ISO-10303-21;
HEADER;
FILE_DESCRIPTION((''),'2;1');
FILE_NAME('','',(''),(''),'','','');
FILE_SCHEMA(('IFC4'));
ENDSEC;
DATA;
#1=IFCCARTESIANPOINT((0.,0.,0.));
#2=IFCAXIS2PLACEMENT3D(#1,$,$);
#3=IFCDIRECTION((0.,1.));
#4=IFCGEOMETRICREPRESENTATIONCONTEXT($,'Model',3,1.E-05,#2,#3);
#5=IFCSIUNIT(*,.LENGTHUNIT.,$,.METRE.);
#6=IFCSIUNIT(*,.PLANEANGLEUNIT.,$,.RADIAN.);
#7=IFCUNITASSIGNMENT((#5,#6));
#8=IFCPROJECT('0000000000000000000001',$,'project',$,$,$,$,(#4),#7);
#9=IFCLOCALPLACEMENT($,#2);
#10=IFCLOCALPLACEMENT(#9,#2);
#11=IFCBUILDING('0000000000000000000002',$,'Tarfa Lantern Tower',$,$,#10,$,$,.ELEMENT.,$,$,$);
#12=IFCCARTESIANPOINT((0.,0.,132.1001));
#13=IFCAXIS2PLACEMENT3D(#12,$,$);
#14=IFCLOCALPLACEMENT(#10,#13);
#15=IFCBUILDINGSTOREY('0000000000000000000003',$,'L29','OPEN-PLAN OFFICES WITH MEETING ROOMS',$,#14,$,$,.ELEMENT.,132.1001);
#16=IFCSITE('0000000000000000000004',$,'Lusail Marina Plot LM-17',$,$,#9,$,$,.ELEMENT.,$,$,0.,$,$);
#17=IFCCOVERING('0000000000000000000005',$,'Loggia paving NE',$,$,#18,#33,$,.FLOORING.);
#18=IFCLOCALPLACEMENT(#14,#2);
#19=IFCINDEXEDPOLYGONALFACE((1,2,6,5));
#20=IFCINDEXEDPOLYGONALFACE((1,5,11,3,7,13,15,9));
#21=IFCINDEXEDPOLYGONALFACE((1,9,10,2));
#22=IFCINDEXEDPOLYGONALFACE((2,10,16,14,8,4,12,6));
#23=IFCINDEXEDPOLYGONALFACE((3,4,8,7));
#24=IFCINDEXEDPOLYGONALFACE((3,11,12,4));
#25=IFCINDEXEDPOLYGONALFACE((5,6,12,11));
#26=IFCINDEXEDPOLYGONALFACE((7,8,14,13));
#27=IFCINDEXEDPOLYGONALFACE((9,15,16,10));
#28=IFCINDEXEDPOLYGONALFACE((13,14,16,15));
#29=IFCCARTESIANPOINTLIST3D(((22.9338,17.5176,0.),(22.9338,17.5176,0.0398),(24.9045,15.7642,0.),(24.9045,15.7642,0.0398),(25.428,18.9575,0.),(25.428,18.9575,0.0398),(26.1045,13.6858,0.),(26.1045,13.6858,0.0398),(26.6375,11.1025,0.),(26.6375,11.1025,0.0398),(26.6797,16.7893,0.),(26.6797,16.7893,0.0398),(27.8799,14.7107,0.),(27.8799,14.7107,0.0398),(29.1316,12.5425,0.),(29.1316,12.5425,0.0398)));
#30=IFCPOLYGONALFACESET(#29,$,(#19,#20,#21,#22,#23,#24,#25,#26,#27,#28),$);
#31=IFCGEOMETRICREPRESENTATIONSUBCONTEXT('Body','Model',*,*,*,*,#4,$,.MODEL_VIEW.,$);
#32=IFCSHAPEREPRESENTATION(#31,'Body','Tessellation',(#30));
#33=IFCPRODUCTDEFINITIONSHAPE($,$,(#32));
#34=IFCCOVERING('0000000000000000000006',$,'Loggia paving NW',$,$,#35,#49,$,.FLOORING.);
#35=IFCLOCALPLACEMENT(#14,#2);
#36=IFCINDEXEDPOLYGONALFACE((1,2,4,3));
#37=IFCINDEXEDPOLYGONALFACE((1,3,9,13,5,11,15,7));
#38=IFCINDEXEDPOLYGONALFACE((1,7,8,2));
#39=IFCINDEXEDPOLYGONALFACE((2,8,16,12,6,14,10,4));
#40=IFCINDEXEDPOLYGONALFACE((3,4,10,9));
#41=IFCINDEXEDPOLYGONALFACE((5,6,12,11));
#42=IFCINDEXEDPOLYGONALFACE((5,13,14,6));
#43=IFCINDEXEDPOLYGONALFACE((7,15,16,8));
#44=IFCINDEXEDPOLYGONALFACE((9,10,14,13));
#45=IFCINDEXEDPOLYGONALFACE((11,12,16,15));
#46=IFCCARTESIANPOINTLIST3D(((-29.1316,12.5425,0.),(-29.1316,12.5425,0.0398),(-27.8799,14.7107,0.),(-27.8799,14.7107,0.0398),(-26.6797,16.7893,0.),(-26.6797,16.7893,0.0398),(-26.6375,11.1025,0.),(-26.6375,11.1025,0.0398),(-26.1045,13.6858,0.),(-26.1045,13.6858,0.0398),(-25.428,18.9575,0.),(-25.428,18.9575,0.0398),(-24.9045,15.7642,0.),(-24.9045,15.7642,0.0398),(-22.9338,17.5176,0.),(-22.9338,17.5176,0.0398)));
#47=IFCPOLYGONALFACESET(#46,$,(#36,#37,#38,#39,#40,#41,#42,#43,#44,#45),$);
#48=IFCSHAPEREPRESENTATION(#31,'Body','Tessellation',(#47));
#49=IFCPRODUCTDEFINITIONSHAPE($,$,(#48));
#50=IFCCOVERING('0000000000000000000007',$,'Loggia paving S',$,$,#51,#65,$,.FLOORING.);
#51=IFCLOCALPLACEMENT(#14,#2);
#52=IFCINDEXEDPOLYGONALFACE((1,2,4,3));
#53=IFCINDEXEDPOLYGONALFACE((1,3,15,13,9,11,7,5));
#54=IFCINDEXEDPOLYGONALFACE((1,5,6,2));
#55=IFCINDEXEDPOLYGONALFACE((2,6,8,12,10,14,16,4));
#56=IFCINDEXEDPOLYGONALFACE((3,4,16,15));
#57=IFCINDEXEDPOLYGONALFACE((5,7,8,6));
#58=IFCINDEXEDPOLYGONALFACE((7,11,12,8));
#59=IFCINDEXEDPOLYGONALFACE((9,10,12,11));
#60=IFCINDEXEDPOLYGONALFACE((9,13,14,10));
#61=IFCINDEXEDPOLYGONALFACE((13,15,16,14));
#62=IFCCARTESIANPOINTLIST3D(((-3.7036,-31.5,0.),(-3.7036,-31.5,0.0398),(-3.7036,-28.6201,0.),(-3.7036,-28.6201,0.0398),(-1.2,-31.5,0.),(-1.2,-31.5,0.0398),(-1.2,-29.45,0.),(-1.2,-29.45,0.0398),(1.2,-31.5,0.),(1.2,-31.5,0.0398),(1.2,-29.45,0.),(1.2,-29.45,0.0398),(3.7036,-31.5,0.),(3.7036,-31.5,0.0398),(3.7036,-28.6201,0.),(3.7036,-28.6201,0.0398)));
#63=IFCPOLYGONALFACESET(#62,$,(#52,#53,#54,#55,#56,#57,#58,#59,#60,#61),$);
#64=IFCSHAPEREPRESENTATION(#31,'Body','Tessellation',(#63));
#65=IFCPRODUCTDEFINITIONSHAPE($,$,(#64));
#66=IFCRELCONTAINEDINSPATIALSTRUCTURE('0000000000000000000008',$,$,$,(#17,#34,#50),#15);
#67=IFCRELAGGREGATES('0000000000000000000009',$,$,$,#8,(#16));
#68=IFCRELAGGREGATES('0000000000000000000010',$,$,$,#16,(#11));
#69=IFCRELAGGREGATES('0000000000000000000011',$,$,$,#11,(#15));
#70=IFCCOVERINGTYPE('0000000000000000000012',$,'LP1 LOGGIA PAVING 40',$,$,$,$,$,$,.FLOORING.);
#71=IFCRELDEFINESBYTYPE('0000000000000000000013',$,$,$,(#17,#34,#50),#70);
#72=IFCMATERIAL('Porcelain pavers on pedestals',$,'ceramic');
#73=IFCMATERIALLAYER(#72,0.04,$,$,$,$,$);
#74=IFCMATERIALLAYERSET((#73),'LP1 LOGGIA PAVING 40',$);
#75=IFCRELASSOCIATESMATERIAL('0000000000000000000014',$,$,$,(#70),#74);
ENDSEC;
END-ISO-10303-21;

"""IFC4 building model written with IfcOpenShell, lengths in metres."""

from ifc_helpers import new_model, si_unit, direction, frame, origin, place, context, subcontext, project, spatial, polyline, outline, extrude, material, layer, layer_set, type_object, element, save


model = new_model("IFC4")

# Units and contexts
model_context = context("Model", 3, precision=1e-05, world=origin(), true_north=direction((0.0, 1.0)))
body_context = subcontext(model_context, "Body", "Model", "MODEL_VIEW")
ifc_project = project(units=[si_unit("LENGTHUNIT", "METRE"), si_unit("PLANEANGLEUNIT", "RADIAN")], contexts=[model_context])

# Site, building, storey
site_placement = place(None, origin())
site = spatial("IfcSite", under=ifc_project, at=site_placement, Name="Lusail Marina Plot LM-17", CompositionType="ELEMENT", RefElevation=0.0)
building_placement = place(site_placement, origin())
building = spatial("IfcBuilding", under=site, at=building_placement, Name="Tarfa Lantern Tower", CompositionType="ELEMENT")
storey_placement = place(building_placement, frame((0.0, 0.0, 132.1001)))
storey = spatial("IfcBuildingStorey", under=building, at=storey_placement, Name="L29", Description="OPEN-PLAN OFFICES WITH MEETING ROOMS", CompositionType="ELEMENT", Elevation=132.1001)

# Coverings
ifc_material_1 = material(Name="Porcelain pavers on pedestals", Category="ceramic")
ifc_layer_1 = layer(ifc_material_1, 0.04)
ifc_layer_set_1 = layer_set([ifc_layer_1], Name="LP1 LOGGIA PAVING 40")
covering_type = type_object("IfcCoveringType", Name="LP1 LOGGIA PAVING 40", PredefinedType="FLOORING", material=ifc_layer_set_1)
covering_1_placement = place(storey_placement, origin())
element("IfcCovering", 1, at=covering_1_placement, inside=storey, type_object=covering_type, Name="Loggia paving NE", PredefinedType="FLOORING", context=body_context, shape_type="SweptSolid", body=[
    extrude(outline(polyline([(29.1316, 12.5425), (26.6375, 11.1025), (22.9338, 17.5176), (25.428, 18.9575), (26.6797, 16.7893), (24.9045, 15.7642), (26.1045, 13.6858), (27.8799, 14.7107), (29.1316, 12.5425)])), origin(), (0.0, 0.0, 1.0), 0.0398),
])
covering_2_placement = place(storey_placement, origin())
element("IfcCovering", 2, at=covering_2_placement, inside=storey, type_object=covering_type, Name="Loggia paving NW", PredefinedType="FLOORING", context=body_context, shape_type="SweptSolid", body=[
    extrude(outline(polyline([(-25.428, 18.9575), (-22.9338, 17.5176), (-26.6375, 11.1025), (-29.1316, 12.5425), (-27.8799, 14.7107), (-26.1045, 13.6858), (-24.9045, 15.7642), (-26.6797, 16.7893), (-25.428, 18.9575)])), origin(), (0.0, 0.0, 1.0), 0.0398),
])
covering_3_placement = place(storey_placement, origin())
element("IfcCovering", 3, at=covering_3_placement, inside=storey, type_object=covering_type, Name="Loggia paving S", PredefinedType="FLOORING", context=body_context, shape_type="SweptSolid", body=[
    extrude(outline(polyline([(-3.7036, -31.5), (-3.7036, -28.6201), (3.7036, -28.6201), (3.7036, -31.5), (1.2, -31.5), (1.2, -29.45), (-1.2, -29.45), (-1.2, -31.5), (-3.7036, -31.5)])), origin(), (0.0, 0.0, 1.0), 0.0398),
])

save(model, "model.ifc")
